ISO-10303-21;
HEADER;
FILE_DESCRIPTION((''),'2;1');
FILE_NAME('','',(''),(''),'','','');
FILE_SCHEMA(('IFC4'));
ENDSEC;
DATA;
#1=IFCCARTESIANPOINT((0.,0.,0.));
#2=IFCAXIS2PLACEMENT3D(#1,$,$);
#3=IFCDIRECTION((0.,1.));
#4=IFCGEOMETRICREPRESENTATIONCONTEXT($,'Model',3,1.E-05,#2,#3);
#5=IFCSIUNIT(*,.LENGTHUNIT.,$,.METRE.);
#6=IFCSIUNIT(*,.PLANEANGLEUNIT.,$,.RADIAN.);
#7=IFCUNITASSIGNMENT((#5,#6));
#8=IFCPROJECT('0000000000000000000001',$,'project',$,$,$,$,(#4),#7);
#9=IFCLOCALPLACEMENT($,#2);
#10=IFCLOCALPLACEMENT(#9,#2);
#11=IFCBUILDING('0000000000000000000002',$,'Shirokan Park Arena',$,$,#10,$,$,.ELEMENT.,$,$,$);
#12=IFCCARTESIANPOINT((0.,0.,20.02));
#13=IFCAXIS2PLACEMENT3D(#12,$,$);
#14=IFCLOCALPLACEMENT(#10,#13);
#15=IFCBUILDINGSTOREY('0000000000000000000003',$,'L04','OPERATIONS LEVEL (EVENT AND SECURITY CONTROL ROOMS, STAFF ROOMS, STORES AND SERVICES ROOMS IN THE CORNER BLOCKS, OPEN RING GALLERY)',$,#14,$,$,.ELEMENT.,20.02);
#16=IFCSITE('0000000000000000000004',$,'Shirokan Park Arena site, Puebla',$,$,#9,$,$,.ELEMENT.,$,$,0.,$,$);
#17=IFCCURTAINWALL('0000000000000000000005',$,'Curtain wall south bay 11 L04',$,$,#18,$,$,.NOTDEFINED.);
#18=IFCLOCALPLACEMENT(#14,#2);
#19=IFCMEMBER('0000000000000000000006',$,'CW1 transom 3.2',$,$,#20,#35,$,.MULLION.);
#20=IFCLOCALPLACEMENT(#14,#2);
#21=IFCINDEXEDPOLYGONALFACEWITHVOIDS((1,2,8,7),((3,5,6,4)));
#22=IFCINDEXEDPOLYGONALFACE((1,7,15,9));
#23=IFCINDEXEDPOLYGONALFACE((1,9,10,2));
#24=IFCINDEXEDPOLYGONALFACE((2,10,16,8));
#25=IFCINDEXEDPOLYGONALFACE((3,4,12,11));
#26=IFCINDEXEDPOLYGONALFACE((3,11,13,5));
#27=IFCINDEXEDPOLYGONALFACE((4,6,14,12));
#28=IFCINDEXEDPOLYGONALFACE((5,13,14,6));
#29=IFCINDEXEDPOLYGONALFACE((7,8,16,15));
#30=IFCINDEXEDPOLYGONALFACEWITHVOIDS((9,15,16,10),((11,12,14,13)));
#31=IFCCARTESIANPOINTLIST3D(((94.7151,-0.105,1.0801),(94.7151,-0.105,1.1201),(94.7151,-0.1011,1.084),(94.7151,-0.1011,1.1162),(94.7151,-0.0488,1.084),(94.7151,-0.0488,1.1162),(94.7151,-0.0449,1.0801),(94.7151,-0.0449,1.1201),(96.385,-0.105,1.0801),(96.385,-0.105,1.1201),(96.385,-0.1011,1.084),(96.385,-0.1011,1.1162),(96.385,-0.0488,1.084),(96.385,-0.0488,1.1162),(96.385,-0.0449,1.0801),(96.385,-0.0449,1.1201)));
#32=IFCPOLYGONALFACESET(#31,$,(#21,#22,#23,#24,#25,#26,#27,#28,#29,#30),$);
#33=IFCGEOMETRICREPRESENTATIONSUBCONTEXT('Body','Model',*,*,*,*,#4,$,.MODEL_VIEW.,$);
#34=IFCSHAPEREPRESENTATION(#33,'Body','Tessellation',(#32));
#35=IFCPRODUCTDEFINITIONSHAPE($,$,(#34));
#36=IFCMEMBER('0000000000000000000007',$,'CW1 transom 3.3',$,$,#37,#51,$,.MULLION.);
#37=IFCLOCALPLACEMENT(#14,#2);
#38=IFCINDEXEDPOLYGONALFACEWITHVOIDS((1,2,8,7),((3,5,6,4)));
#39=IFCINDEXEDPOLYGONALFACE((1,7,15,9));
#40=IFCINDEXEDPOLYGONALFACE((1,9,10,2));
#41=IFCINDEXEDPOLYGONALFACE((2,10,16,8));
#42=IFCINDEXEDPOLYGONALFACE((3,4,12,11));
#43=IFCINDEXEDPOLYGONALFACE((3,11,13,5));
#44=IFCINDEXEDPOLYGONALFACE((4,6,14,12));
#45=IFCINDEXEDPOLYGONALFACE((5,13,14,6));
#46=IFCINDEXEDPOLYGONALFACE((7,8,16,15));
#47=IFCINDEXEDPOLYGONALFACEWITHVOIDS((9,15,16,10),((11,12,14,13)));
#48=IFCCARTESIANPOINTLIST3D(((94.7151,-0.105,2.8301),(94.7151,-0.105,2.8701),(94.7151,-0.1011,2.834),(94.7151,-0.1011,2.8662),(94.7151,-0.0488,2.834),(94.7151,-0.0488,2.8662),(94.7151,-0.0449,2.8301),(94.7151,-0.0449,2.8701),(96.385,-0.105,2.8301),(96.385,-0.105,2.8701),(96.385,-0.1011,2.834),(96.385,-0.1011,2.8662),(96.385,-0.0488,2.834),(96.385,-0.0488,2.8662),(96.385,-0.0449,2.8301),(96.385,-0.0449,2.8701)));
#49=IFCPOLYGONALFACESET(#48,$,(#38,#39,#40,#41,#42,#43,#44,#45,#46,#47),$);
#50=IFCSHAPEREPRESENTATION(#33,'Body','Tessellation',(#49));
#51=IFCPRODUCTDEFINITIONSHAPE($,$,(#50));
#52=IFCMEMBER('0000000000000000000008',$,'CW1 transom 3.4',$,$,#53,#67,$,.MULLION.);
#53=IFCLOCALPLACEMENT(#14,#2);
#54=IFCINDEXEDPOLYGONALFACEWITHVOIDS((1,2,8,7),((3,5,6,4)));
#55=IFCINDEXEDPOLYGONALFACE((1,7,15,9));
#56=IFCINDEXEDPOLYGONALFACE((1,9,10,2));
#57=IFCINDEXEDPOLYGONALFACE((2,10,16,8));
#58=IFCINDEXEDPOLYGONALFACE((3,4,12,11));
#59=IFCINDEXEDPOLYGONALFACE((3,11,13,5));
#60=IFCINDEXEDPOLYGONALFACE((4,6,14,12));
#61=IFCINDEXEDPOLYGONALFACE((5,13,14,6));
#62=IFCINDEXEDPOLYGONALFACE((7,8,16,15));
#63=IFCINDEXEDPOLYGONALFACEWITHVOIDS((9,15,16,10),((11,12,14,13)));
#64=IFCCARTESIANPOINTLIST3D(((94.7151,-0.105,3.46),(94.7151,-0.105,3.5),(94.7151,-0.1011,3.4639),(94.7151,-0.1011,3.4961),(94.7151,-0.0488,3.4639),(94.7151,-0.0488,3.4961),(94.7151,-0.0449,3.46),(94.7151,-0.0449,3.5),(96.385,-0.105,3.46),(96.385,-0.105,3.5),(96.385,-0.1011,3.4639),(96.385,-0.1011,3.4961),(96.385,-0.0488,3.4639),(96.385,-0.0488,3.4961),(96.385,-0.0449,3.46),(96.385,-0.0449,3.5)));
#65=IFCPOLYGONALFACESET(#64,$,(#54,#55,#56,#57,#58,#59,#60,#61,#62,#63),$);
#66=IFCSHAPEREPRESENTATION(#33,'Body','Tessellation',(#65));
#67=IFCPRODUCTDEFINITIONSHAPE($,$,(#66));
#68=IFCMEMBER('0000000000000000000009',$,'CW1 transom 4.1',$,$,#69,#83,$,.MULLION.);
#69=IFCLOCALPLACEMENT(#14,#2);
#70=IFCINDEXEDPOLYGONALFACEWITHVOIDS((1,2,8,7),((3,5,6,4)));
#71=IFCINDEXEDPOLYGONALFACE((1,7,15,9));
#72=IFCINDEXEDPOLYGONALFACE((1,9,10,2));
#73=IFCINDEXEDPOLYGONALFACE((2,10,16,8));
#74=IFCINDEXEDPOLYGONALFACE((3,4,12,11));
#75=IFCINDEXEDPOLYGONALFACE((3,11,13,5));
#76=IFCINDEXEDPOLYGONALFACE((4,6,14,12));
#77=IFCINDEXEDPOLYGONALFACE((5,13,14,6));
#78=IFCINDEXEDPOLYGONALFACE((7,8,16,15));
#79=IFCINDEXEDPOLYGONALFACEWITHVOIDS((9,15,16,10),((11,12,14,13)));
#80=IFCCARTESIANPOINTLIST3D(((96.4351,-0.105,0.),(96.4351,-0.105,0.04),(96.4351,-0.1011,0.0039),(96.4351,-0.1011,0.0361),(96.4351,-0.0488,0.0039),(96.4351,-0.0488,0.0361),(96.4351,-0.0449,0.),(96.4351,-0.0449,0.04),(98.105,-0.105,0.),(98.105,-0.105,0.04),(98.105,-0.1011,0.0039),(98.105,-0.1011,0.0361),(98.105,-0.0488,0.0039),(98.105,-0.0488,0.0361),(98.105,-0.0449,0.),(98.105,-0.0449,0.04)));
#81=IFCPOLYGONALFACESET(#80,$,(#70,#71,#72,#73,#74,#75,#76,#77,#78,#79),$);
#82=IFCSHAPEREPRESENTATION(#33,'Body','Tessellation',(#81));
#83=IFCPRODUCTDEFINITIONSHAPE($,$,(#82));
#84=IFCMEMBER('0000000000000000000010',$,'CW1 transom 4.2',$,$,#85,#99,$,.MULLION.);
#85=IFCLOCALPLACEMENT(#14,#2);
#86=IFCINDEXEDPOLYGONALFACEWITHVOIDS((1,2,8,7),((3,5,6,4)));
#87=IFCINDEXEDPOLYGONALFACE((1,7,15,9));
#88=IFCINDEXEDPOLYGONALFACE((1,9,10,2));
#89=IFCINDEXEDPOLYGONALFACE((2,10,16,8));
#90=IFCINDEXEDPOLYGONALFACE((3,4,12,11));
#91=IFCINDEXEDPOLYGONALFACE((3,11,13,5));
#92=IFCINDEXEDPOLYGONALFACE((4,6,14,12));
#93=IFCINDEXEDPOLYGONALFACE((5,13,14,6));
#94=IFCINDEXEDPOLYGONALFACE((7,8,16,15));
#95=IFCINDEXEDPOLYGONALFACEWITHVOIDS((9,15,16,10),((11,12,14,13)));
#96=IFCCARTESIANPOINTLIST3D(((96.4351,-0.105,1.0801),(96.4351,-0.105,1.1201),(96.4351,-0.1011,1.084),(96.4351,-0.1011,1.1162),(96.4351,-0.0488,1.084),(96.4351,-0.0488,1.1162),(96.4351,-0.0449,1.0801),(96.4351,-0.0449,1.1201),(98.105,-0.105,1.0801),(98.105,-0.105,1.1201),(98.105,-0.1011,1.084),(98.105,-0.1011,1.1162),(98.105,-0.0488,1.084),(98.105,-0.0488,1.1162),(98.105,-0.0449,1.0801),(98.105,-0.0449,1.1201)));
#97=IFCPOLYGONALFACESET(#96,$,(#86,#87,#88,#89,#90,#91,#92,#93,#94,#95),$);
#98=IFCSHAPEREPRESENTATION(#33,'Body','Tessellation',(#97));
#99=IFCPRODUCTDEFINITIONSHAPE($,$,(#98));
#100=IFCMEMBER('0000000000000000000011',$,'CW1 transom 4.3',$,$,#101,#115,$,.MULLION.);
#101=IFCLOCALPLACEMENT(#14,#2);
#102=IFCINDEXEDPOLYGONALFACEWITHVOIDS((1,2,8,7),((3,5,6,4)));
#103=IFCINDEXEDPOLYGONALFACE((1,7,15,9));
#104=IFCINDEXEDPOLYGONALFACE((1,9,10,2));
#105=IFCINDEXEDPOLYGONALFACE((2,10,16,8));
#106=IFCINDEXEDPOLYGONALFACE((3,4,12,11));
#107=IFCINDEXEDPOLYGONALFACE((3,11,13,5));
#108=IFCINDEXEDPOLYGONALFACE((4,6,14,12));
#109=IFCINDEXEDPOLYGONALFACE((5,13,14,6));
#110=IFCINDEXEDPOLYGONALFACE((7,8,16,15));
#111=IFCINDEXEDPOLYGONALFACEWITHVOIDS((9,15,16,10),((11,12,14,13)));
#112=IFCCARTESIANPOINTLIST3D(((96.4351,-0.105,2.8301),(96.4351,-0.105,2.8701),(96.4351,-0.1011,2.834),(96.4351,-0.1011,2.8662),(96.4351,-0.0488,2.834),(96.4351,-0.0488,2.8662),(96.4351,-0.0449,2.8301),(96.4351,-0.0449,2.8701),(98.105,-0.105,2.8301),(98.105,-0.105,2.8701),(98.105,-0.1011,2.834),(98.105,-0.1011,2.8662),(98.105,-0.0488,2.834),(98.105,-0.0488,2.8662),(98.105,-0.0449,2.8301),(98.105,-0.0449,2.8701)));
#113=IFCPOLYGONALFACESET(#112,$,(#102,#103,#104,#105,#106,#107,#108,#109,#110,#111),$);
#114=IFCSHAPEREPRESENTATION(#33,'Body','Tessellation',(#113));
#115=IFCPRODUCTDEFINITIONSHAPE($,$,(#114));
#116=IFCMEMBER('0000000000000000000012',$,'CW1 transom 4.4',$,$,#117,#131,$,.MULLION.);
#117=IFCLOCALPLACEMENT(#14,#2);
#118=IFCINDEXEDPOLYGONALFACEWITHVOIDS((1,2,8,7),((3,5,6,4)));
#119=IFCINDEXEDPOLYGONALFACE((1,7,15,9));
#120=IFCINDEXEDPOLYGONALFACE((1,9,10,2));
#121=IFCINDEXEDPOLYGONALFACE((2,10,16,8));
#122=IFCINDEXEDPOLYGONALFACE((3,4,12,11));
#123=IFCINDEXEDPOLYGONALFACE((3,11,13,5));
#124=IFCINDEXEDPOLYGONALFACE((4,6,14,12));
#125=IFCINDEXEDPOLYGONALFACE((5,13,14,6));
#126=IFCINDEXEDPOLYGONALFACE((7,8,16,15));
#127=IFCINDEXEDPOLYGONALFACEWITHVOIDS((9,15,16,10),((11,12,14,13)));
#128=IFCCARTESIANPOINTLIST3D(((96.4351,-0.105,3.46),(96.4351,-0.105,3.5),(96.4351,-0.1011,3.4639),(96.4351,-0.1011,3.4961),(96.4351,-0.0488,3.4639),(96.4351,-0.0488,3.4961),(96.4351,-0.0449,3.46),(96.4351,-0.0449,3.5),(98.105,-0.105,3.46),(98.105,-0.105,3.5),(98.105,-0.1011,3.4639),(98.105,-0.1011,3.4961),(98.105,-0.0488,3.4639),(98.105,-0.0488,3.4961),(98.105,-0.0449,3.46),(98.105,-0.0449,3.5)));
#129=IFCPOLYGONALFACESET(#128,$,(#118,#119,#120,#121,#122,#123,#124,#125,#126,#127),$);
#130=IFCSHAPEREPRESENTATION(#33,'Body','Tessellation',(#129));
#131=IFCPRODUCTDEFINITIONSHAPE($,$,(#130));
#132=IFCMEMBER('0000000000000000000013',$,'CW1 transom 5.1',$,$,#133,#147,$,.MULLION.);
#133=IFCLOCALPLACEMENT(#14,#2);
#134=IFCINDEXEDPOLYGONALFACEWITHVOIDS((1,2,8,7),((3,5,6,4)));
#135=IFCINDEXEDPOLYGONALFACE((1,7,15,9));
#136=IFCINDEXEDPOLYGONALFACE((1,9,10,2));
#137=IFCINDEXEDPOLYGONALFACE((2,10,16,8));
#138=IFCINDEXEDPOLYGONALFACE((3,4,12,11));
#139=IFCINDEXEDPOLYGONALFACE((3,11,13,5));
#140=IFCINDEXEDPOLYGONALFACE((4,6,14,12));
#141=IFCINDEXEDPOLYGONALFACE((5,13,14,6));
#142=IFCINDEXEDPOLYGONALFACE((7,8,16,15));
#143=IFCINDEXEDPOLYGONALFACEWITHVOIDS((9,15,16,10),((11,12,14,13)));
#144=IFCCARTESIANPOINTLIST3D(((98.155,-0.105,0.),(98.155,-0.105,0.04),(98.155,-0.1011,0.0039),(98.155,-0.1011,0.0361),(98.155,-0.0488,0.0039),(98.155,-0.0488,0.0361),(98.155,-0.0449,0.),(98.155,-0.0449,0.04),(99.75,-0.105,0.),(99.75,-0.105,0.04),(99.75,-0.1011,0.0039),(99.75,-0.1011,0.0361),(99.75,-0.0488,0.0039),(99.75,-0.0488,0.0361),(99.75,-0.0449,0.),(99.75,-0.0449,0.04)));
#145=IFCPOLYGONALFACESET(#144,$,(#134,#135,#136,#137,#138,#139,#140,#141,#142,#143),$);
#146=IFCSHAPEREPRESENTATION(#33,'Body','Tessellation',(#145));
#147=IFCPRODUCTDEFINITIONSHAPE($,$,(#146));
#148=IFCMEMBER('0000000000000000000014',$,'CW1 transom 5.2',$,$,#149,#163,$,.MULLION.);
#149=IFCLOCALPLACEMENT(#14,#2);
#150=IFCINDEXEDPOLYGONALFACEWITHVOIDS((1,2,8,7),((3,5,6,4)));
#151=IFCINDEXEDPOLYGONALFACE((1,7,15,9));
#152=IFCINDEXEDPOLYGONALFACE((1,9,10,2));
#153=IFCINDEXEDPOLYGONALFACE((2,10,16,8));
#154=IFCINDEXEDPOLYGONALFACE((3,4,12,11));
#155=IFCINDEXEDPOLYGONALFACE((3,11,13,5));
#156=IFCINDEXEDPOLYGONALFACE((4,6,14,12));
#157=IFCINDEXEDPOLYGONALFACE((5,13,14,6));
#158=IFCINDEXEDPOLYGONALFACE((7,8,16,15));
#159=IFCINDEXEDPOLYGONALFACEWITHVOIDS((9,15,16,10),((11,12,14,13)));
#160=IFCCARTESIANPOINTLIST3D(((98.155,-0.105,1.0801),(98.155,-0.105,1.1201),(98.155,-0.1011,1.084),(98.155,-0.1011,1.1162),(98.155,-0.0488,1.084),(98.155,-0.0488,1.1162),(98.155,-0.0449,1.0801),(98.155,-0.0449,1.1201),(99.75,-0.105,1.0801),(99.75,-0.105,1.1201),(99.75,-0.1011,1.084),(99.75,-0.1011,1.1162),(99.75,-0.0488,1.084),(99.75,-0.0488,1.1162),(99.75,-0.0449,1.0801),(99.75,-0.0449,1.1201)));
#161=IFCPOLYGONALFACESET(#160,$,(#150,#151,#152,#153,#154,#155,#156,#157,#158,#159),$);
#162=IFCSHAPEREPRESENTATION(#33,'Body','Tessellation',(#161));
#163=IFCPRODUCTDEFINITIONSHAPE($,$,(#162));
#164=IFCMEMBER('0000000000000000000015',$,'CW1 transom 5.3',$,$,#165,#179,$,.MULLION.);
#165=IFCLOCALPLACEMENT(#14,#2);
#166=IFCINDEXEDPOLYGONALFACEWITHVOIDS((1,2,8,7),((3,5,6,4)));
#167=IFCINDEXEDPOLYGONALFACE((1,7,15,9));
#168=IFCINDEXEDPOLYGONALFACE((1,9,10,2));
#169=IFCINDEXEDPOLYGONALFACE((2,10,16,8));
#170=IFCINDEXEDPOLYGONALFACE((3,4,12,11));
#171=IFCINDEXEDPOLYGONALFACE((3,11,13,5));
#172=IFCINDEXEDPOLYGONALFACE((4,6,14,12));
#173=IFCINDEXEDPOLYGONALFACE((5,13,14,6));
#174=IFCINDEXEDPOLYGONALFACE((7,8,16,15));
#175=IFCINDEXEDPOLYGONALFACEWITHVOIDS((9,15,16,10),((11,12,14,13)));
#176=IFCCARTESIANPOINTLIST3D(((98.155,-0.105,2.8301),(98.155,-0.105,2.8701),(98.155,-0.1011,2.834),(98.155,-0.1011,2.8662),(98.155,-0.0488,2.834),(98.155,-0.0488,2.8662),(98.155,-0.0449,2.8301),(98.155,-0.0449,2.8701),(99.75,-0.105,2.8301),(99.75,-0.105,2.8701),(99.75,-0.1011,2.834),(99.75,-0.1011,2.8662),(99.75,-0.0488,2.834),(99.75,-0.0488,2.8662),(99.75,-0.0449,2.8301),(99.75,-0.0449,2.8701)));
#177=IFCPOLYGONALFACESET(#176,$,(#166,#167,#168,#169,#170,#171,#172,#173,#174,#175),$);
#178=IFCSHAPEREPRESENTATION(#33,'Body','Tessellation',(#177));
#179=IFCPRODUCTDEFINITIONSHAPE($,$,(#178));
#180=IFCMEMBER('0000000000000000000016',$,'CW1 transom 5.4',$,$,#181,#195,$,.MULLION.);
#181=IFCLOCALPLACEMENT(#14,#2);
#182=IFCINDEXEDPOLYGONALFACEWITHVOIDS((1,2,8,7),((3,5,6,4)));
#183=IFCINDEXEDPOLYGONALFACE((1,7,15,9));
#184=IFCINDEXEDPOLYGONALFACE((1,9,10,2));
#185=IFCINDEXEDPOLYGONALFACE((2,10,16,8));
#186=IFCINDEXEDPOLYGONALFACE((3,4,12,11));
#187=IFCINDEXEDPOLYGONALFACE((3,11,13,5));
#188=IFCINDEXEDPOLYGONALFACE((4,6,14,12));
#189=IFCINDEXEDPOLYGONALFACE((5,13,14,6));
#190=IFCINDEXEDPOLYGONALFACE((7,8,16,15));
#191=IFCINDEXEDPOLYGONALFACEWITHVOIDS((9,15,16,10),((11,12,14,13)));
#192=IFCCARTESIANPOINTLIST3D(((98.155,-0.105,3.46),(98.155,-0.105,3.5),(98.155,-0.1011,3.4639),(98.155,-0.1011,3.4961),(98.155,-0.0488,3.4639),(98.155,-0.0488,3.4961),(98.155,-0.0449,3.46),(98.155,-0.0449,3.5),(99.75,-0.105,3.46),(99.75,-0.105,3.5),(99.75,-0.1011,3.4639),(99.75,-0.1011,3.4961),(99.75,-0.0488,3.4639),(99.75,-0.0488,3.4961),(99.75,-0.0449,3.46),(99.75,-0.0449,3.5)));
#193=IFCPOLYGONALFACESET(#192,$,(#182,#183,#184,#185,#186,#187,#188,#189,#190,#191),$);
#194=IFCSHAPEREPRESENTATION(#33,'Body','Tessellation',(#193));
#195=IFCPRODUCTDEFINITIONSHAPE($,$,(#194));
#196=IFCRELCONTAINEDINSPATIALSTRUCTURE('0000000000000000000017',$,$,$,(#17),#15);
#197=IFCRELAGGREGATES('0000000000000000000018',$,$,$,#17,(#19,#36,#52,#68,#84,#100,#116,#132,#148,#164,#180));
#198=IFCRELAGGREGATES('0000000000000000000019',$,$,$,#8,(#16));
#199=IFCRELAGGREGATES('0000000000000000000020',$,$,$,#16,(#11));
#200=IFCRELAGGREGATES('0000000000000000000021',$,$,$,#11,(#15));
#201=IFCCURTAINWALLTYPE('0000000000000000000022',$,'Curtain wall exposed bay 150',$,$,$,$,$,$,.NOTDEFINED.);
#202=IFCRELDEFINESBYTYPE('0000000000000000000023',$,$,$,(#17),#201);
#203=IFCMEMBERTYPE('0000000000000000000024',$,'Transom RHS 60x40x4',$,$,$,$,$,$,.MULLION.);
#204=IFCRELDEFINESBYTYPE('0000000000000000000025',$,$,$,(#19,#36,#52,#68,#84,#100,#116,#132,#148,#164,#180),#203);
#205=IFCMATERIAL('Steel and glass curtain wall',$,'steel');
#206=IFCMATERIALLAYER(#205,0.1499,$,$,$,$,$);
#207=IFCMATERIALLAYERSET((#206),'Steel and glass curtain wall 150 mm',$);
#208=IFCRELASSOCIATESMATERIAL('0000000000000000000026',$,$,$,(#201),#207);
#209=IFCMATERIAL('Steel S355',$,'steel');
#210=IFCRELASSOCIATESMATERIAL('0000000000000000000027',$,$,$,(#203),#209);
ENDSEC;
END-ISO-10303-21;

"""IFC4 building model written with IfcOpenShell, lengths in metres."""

from ifc_helpers import new_model, si_unit, direction, frame, origin, origin_2d, place, context, subcontext, project, spatial, hollow_rectangle, extrude, material, layer, layer_set, material_profile, profile_set, type_object, element, aggregate, save


model = new_model("IFC4")

# Units and contexts
model_context = context("Model", 3, precision=1e-05, world=origin(), true_north=direction((0.0, 1.0)))
body_context = subcontext(model_context, "Body", "Model", "MODEL_VIEW")
ifc_project = project(units=[si_unit("LENGTHUNIT", "METRE"), si_unit("PLANEANGLEUNIT", "RADIAN")], contexts=[model_context])

# Site, building, storey
site_placement = place(None, origin())
site = spatial("IfcSite", under=ifc_project, at=site_placement, Name="Shirokan Park Arena site, Puebla", CompositionType="ELEMENT", RefElevation=0.0)
building_placement = place(site_placement, origin())
building = spatial("IfcBuilding", under=site, at=building_placement, Name="Shirokan Park Arena", CompositionType="ELEMENT")
storey_placement = place(building_placement, frame((0.0, 0.0, 20.02)))
storey = spatial("IfcBuildingStorey", under=building, at=storey_placement, Name="L04", Description="OPERATIONS LEVEL (EVENT AND SECURITY CONTROL ROOMS, STAFF ROOMS, STORES AND SERVICES ROOMS IN THE CORNER BLOCKS, OPEN RING GALLERY)", CompositionType="ELEMENT", Elevation=20.02)

# Curtain wall
ifc_material_1 = material(Name="Steel and glass curtain wall", Category="steel")
ifc_layer_1 = layer(ifc_material_1, 0.1499)
ifc_layer_set_1 = layer_set([ifc_layer_1], Name="Steel and glass curtain wall 150 mm")
curtain_wall_type = type_object("IfcCurtainWallType", Name="Curtain wall exposed bay 150", PredefinedType="NOTDEFINED", material=ifc_layer_set_1)
curtain_wall_placement = place(storey_placement, origin())
curtain_wall = element("IfcCurtainWall", 1, at=curtain_wall_placement, inside=storey, type_object=curtain_wall_type, Name="Curtain wall south bay 11 L04", PredefinedType="NOTDEFINED")
ifc_material_2 = material(Name="Steel S355", Category="steel")

# Members
ifc_material_profile_1 = material_profile(ifc_material_2, hollow_rectangle(XDim=0.0601, YDim=0.04, WallThickness=0.0039, at=origin_2d()), Name="RHS 60x40x4")
ifc_profile_set_1 = profile_set([ifc_material_profile_1], Name="Steel S355")
member_type_1 = type_object("IfcMemberType", Name="Transom RHS 60x40x4", PredefinedType="MULLION", material=ifc_profile_set_1)
member_1_placement = place(storey_placement, frame((94.7151, -0.075, 1.1001), z_axis=(1.0, 0.0, 0.0), x_axis=(0.0, 1.0, 0.0)))
member_1 = element("IfcMember", 2, at=member_1_placement, type_object=member_type_1, Name="CW1 transom 3.2", PredefinedType="MULLION", context=body_context, shape_type="SweptSolid", body=[
    extrude(hollow_rectangle(XDim=0.0601, YDim=0.04, WallThickness=0.0039, at=origin_2d()), origin(), (0.0, 0.0, 1.0), 1.6699),
])
member_2_placement = place(storey_placement, frame((94.7151, -0.075, 2.8501), z_axis=(1.0, 0.0, 0.0), x_axis=(0.0, 1.0, 0.0)))
member_2 = element("IfcMember", 3, at=member_2_placement, type_object=member_type_1, Name="CW1 transom 3.3", PredefinedType="MULLION", context=body_context, shape_type="SweptSolid", body=[
    extrude(hollow_rectangle(XDim=0.0601, YDim=0.04, WallThickness=0.0039, at=origin_2d()), origin(), (0.0, 0.0, 1.0), 1.6699),
])
member_3_placement = place(storey_placement, frame((94.7151, -0.075, 3.48), z_axis=(1.0, 0.0, 0.0), x_axis=(0.0, 1.0, 0.0)))
member_3 = element("IfcMember", 4, at=member_3_placement, type_object=member_type_1, Name="CW1 transom 3.4", PredefinedType="MULLION", context=body_context, shape_type="SweptSolid", body=[
    extrude(hollow_rectangle(XDim=0.0601, YDim=0.04, WallThickness=0.0039, at=origin_2d()), origin(), (0.0, 0.0, 1.0), 1.6699),
])
member_4_placement = place(storey_placement, frame((96.4351, -0.075, 0.02), z_axis=(1.0, 0.0, 0.0), x_axis=(0.0, 1.0, 0.0)))
member_4 = element("IfcMember", 5, at=member_4_placement, type_object=member_type_1, Name="CW1 transom 4.1", PredefinedType="MULLION", context=body_context, shape_type="SweptSolid", body=[
    extrude(hollow_rectangle(XDim=0.0601, YDim=0.04, WallThickness=0.0039, at=origin_2d()), origin(), (0.0, 0.0, 1.0), 1.6699),
])
member_5_placement = place(storey_placement, frame((96.4351, -0.075, 1.1001), z_axis=(1.0, 0.0, 0.0), x_axis=(0.0, 1.0, 0.0)))
member_5 = element("IfcMember", 6, at=member_5_placement, type_object=member_type_1, Name="CW1 transom 4.2", PredefinedType="MULLION", context=body_context, shape_type="SweptSolid", body=[
    extrude(hollow_rectangle(XDim=0.0601, YDim=0.04, WallThickness=0.0039, at=origin_2d()), origin(), (0.0, 0.0, 1.0), 1.6699),
])
member_6_placement = place(storey_placement, frame((96.4351, -0.075, 2.8501), z_axis=(1.0, 0.0, 0.0), x_axis=(0.0, 1.0, 0.0)))
member_6 = element("IfcMember", 7, at=member_6_placement, type_object=member_type_1, Name="CW1 transom 4.3", PredefinedType="MULLION", context=body_context, shape_type="SweptSolid", body=[
    extrude(hollow_rectangle(XDim=0.0601, YDim=0.04, WallThickness=0.0039, at=origin_2d()), origin(), (0.0, 0.0, 1.0), 1.6699),
])
member_7_placement = place(storey_placement, frame((96.4351, -0.075, 3.48), z_axis=(1.0, 0.0, 0.0), x_axis=(0.0, 1.0, 0.0)))
member_7 = element("IfcMember", 8, at=member_7_placement, type_object=member_type_1, Name="CW1 transom 4.4", PredefinedType="MULLION", context=body_context, shape_type="SweptSolid", body=[
    extrude(hollow_rectangle(XDim=0.0601, YDim=0.04, WallThickness=0.0039, at=origin_2d()), origin(), (0.0, 0.0, 1.0), 1.6699),
])
member_8_placement = place(storey_placement, frame((98.155, -0.075, 0.02), z_axis=(1.0, 0.0, 0.0), x_axis=(0.0, 1.0, 0.0)))
member_8 = element("IfcMember", 9, at=member_8_placement, type_object=member_type_1, Name="CW1 transom 5.1", PredefinedType="MULLION", context=body_context, shape_type="SweptSolid", body=[
    extrude(hollow_rectangle(XDim=0.0601, YDim=0.04, WallThickness=0.0039, at=origin_2d()), origin(), (0.0, 0.0, 1.0), 1.595),
])
member_9_placement = place(storey_placement, frame((98.155, -0.075, 1.1001), z_axis=(1.0, 0.0, 0.0), x_axis=(0.0, 1.0, 0.0)))
member_9 = element("IfcMember", 10, at=member_9_placement, type_object=member_type_1, Name="CW1 transom 5.2", PredefinedType="MULLION", context=body_context, shape_type="SweptSolid", body=[
    extrude(hollow_rectangle(XDim=0.0601, YDim=0.04, WallThickness=0.0039, at=origin_2d()), origin(), (0.0, 0.0, 1.0), 1.595),
])
member_10_placement = place(storey_placement, frame((98.155, -0.075, 2.8501), z_axis=(1.0, 0.0, 0.0), x_axis=(0.0, 1.0, 0.0)))
member_10 = element("IfcMember", 11, at=member_10_placement, type_object=member_type_1, Name="CW1 transom 5.3", PredefinedType="MULLION", context=body_context, shape_type="SweptSolid", body=[
    extrude(hollow_rectangle(XDim=0.0601, YDim=0.04, WallThickness=0.0039, at=origin_2d()), origin(), (0.0, 0.0, 1.0), 1.595),
])
member_11_placement = place(storey_placement, frame((98.155, -0.075, 3.48), z_axis=(1.0, 0.0, 0.0), x_axis=(0.0, 1.0, 0.0)))
member_11 = element("IfcMember", 12, at=member_11_placement, type_object=member_type_1, Name="CW1 transom 5.4", PredefinedType="MULLION", context=body_context, shape_type="SweptSolid", body=[
    extrude(hollow_rectangle(XDim=0.0601, YDim=0.04, WallThickness=0.0039, at=origin_2d()), origin(), (0.0, 0.0, 1.0), 1.595),
])

aggregate(curtain_wall, [member_1, member_2, member_3, member_4, member_5, member_6, member_7, member_8, member_9, member_10, member_11])

save(model, "model.ifc")
